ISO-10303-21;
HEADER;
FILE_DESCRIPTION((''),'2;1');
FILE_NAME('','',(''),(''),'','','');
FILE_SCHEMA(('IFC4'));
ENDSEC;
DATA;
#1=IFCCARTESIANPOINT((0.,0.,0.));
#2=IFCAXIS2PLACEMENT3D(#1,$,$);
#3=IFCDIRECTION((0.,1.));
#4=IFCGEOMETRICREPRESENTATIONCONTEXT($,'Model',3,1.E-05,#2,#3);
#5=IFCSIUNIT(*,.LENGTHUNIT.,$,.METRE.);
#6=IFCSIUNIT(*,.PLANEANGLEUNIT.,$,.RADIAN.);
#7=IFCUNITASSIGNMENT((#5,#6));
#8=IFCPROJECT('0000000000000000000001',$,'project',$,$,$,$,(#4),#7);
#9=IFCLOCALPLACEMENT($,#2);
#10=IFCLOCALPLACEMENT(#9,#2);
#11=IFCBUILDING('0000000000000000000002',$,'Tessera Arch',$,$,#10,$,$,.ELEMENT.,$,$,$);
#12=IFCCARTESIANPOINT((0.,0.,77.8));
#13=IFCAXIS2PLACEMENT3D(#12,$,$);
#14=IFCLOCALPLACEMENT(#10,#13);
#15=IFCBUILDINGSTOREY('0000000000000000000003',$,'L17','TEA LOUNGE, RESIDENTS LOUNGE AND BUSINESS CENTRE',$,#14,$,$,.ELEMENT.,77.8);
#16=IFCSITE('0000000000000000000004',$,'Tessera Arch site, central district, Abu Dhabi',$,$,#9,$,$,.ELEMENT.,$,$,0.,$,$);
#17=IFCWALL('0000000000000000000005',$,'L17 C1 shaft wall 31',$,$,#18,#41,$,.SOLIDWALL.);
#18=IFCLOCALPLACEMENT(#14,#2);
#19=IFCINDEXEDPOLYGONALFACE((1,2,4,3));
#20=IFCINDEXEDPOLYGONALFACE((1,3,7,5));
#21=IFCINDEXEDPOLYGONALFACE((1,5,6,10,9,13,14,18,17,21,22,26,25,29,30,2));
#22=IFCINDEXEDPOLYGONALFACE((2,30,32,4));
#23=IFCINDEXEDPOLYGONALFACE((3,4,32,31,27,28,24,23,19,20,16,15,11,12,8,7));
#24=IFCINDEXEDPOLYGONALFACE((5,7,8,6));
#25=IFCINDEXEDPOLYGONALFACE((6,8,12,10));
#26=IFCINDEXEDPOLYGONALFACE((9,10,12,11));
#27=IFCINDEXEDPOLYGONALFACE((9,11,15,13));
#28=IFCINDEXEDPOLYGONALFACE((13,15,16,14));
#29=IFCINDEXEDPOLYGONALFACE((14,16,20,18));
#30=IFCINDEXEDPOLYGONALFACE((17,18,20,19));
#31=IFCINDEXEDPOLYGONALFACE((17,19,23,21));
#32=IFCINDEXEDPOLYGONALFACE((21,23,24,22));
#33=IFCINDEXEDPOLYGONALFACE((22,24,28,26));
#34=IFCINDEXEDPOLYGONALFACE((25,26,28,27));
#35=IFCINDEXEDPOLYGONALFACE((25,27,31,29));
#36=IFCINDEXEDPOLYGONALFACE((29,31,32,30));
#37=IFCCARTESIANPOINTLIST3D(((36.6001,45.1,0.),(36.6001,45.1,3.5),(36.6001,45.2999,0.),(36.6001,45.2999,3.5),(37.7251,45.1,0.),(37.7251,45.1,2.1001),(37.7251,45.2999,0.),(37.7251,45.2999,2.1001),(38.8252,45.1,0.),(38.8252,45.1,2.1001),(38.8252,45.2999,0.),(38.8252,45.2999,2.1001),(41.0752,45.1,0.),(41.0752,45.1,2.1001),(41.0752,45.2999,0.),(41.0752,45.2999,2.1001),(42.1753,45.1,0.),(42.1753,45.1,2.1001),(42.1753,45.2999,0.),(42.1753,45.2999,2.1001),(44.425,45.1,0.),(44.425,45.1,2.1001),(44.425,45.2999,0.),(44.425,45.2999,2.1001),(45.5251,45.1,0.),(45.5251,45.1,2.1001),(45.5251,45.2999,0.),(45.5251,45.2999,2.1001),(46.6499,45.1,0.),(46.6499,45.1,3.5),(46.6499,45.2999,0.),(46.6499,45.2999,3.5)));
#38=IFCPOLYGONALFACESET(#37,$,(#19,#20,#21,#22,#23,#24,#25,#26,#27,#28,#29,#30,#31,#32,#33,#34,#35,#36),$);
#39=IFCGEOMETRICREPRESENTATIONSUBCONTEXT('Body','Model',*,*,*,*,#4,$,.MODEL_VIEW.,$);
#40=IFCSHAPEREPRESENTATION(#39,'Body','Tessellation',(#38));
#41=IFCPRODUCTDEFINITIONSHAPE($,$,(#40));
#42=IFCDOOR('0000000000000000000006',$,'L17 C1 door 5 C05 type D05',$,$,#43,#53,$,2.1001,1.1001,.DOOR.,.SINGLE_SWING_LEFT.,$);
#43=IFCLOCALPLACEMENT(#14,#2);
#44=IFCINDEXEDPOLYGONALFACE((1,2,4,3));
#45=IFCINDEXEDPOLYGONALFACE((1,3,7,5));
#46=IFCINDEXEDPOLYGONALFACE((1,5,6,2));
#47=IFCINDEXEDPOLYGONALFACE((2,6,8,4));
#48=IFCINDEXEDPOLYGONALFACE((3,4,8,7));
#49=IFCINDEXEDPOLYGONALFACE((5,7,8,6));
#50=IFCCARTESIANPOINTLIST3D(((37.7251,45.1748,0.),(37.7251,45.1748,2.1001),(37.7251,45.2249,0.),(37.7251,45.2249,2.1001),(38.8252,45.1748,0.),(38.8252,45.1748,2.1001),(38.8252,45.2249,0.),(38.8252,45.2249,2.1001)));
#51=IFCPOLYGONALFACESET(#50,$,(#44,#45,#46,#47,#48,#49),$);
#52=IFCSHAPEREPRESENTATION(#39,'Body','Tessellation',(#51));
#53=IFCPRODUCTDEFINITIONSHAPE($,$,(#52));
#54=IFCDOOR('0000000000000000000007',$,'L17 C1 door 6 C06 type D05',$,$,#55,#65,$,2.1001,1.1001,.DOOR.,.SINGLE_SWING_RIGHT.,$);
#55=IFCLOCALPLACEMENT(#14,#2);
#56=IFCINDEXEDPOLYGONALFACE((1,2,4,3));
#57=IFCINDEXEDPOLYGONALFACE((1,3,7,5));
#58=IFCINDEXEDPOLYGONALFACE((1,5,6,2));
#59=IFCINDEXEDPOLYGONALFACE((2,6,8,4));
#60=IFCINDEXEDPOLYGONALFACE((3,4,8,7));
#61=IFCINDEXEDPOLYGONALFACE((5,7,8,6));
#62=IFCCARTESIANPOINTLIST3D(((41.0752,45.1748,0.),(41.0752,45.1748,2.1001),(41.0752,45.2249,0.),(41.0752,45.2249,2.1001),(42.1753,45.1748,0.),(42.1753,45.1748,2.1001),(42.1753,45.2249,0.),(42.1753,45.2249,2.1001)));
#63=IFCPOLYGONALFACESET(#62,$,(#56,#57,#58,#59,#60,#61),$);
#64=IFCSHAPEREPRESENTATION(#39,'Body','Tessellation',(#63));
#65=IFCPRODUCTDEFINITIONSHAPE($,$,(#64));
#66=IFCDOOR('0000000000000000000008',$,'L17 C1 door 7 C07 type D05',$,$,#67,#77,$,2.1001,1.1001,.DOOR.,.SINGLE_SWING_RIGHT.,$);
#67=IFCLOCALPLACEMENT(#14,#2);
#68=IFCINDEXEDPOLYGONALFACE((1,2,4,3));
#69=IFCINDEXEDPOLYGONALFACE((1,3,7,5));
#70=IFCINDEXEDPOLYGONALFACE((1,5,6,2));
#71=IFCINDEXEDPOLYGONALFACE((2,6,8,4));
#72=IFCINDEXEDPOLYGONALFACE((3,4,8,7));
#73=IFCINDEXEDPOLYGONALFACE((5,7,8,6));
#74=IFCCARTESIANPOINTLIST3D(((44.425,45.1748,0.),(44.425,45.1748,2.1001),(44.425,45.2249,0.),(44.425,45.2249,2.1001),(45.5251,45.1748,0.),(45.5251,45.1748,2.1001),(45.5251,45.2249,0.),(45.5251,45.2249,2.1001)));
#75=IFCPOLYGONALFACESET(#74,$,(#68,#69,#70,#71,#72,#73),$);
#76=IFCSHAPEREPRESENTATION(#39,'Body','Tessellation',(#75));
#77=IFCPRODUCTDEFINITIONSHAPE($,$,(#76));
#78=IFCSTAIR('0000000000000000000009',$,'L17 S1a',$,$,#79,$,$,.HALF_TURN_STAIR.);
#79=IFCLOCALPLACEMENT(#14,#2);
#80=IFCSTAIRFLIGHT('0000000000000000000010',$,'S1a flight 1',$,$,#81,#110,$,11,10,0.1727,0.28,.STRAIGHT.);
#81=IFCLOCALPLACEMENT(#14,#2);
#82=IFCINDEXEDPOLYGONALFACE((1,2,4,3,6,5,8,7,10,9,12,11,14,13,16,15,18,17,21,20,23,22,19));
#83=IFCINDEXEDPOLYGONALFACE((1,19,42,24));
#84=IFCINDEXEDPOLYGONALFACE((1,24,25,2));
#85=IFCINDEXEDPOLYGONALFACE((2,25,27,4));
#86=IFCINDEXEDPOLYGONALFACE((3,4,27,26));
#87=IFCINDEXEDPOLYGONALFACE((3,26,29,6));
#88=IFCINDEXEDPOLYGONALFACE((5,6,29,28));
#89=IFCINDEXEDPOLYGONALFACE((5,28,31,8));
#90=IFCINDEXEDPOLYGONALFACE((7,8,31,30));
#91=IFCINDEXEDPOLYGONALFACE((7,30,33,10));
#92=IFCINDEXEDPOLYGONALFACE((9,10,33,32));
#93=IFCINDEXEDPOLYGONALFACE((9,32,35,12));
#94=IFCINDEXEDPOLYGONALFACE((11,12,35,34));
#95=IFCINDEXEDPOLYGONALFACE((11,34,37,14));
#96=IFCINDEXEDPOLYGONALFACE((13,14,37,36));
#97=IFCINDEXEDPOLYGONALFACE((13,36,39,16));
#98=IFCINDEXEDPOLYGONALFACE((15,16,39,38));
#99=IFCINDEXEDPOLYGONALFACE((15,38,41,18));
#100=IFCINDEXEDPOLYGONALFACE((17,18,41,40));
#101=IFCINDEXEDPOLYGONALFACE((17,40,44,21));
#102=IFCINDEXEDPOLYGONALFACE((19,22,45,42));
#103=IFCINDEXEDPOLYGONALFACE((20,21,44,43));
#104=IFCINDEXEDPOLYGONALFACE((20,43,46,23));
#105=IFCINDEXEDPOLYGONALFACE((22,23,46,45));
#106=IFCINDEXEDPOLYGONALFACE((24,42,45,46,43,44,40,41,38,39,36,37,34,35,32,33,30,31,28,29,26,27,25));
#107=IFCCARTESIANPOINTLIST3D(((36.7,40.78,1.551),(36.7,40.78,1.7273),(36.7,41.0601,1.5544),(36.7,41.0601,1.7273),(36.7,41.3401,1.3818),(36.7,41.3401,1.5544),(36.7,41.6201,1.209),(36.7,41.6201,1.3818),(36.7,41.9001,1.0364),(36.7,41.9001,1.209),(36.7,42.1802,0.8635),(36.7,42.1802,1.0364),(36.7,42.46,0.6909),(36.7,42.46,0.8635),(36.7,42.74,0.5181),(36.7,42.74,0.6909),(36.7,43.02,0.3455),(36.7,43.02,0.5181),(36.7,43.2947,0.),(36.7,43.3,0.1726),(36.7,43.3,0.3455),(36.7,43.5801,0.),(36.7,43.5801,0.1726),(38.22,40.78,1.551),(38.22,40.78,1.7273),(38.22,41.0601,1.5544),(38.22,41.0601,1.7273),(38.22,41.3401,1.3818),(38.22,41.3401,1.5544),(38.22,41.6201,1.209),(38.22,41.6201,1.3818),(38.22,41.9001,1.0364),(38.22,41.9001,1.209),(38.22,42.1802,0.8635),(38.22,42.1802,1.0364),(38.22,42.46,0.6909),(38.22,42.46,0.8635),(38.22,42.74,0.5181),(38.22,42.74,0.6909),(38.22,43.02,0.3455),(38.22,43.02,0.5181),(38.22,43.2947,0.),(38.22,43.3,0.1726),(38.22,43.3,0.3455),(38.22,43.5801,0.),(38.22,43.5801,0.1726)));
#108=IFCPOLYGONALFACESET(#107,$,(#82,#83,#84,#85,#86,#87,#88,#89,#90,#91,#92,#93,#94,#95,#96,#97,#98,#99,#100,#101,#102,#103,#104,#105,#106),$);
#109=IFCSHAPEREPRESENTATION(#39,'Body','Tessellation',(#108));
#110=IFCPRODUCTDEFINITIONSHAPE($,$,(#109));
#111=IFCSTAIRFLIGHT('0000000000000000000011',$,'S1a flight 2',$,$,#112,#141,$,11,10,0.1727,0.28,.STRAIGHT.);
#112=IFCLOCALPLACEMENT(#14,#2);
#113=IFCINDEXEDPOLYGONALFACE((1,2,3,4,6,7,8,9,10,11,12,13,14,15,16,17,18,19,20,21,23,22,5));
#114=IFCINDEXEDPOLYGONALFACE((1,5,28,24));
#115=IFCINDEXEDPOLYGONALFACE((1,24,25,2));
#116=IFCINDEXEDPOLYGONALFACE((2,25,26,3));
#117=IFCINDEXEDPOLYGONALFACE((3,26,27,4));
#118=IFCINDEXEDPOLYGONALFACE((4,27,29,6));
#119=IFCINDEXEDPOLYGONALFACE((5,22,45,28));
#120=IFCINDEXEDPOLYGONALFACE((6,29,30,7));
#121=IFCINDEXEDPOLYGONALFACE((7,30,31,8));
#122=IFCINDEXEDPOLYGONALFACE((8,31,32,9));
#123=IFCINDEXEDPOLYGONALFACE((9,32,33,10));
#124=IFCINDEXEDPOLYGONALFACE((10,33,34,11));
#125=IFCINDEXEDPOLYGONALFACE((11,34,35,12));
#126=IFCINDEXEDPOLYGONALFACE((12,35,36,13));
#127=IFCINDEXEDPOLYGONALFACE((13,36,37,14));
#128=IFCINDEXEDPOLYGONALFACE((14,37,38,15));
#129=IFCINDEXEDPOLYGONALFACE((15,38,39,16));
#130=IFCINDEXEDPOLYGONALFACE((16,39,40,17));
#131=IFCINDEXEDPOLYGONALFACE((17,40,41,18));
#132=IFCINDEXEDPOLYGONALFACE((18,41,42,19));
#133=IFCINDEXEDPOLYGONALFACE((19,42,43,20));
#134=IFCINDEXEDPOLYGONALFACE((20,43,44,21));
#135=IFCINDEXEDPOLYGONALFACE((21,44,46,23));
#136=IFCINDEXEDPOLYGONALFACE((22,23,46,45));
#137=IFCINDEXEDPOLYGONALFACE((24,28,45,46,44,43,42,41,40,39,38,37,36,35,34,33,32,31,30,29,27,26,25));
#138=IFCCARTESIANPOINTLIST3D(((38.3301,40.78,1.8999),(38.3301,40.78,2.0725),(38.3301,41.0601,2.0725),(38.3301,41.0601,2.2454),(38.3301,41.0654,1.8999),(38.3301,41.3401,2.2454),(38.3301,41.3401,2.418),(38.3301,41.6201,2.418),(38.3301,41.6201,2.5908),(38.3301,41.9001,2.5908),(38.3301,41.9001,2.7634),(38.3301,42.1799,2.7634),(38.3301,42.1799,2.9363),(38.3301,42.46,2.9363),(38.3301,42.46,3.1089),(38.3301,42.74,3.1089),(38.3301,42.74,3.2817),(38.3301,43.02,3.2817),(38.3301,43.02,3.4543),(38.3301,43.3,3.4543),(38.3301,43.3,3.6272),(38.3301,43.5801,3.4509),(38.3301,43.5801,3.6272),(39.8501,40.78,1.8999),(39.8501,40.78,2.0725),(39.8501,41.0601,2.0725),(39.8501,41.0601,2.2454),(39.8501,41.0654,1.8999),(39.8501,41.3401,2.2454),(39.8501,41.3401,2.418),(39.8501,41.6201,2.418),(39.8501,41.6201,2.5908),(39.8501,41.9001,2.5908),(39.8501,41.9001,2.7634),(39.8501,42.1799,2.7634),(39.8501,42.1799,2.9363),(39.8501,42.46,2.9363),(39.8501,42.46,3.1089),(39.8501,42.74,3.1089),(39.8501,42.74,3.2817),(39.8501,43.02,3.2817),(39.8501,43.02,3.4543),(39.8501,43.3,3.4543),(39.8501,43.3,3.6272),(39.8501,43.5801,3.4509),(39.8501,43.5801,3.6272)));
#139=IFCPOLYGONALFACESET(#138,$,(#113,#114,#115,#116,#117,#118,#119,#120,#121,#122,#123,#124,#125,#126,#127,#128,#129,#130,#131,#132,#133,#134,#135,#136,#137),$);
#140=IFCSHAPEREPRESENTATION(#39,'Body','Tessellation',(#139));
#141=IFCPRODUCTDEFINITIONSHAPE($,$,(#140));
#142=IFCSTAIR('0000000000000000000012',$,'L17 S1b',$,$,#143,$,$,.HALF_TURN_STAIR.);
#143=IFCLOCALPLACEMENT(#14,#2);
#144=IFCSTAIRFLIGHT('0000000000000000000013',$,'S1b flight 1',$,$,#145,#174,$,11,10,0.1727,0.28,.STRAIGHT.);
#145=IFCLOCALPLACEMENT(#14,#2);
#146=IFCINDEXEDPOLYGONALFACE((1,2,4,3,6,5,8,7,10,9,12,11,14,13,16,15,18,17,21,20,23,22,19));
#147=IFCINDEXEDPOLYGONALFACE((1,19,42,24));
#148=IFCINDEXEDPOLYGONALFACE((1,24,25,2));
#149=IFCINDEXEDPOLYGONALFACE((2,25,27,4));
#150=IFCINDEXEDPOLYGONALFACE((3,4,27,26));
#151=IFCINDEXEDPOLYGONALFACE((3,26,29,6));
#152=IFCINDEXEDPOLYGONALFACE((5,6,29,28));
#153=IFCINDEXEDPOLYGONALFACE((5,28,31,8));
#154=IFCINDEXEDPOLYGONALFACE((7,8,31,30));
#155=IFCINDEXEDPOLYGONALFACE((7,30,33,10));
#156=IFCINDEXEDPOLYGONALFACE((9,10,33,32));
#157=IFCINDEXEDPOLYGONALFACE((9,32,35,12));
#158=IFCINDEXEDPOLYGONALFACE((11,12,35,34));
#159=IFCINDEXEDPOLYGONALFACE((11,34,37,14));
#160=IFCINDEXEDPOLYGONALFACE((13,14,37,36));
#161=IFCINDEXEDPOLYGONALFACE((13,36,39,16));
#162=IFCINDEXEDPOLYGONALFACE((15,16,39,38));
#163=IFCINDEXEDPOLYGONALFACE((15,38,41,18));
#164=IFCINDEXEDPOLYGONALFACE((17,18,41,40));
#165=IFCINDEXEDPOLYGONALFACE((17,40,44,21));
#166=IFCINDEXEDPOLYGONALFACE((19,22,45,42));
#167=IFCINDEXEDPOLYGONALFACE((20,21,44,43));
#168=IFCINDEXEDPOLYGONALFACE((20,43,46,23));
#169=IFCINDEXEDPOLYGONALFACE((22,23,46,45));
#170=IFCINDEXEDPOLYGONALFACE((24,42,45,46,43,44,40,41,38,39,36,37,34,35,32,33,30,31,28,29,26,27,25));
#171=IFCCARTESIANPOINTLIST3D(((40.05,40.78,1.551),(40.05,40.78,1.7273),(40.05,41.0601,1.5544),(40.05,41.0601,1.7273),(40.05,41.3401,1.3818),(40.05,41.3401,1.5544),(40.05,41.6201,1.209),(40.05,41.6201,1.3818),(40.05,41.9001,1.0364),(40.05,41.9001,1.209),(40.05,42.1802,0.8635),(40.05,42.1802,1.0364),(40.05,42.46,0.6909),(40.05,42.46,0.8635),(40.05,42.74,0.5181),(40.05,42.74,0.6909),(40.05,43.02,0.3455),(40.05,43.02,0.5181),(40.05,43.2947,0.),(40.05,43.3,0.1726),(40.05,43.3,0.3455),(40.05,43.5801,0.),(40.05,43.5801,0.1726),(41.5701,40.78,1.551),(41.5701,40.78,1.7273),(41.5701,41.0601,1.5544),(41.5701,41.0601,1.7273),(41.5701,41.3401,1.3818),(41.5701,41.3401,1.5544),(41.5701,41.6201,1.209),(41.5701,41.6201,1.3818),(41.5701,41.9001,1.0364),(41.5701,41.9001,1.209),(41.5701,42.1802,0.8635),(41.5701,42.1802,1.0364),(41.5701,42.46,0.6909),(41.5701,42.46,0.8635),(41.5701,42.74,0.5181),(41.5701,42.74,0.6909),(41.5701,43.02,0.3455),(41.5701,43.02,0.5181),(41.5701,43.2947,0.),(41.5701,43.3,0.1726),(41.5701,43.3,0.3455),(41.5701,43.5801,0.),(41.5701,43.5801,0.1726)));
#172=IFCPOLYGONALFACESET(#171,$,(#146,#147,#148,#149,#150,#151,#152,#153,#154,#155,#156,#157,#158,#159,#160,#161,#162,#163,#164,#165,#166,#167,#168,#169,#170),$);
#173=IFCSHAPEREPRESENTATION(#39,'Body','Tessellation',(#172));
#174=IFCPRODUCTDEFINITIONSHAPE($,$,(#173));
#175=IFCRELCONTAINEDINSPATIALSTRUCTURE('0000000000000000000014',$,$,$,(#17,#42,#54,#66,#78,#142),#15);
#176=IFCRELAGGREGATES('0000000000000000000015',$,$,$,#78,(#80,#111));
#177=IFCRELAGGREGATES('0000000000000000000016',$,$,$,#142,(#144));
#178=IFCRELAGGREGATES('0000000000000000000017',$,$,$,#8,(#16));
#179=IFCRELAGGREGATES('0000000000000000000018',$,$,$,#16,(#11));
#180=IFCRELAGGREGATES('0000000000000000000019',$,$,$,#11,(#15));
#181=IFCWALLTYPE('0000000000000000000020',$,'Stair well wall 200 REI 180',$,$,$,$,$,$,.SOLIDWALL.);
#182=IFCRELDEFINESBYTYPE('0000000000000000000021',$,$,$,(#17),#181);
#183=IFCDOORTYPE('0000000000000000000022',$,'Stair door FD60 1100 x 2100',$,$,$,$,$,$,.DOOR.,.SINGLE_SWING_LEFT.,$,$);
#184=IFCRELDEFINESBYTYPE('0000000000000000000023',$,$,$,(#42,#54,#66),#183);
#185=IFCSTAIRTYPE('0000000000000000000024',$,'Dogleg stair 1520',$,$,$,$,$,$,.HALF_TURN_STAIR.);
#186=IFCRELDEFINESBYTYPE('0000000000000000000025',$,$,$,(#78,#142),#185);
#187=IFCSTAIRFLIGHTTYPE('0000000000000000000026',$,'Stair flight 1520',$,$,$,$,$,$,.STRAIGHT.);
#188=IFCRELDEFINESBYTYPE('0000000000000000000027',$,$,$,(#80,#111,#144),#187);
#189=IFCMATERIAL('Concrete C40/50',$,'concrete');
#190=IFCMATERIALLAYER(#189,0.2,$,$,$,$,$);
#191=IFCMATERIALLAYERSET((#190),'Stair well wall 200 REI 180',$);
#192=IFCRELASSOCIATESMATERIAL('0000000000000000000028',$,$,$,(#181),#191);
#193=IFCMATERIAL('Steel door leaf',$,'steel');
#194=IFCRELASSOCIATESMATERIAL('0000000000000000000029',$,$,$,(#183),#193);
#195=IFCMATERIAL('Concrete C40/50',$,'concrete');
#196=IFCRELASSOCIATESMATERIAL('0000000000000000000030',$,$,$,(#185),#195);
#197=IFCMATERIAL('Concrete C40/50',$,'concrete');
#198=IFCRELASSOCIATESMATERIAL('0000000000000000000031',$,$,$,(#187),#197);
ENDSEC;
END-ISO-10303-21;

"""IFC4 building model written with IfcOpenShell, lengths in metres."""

from ifc_helpers import new_model, si_unit, direction, frame, frame_2d, origin, place, context, subcontext, project, spatial, polyline, rectangle, outline, extrude, material, layer, layer_set, type_object, element, fill, aggregate, save


model = new_model("IFC4")

# Units and contexts
model_context = context("Model", 3, precision=1e-05, world=origin(), true_north=direction((0.0, 1.0)))
body_context = subcontext(model_context, "Body", "Model", "MODEL_VIEW")
ifc_project = project(units=[si_unit("LENGTHUNIT", "METRE"), si_unit("PLANEANGLEUNIT", "RADIAN")], contexts=[model_context])

# Site, building, storey
site_placement = place(None, origin())
site = spatial("IfcSite", under=ifc_project, at=site_placement, Name="Tessera Arch site, central district, Abu Dhabi", CompositionType="ELEMENT", RefElevation=0.0)
building_placement = place(site_placement, origin())
building = spatial("IfcBuilding", under=site, at=building_placement, Name="Tessera Arch", CompositionType="ELEMENT")
storey_placement = place(building_placement, frame((0.0, 0.0, 77.8)))
storey = spatial("IfcBuildingStorey", under=building, at=storey_placement, Name="L17", Description="TEA LOUNGE, RESIDENTS LOUNGE AND BUSINESS CENTRE", CompositionType="ELEMENT", Elevation=77.8)

# Shared definitions
ifc_material_1 = material(Name="Concrete C40/50", Category="concrete")
ifc_layer_1 = layer(ifc_material_1, 0.2)
ifc_layer_set_1 = layer_set([ifc_layer_1], Name="Stair well wall 200 REI 180")
wall_type_1 = type_object("IfcWallType", Name="Stair well wall 200 REI 180", PredefinedType="SOLIDWALL", material=ifc_layer_set_1)

# Wall, openings, doors
wall_1_placement = place(storey_placement, frame((36.6001, 45.2, 0.0), z_axis=(0.0, 0.0, 1.0), x_axis=(1.0, 0.0, 0.0)))
wall_1 = element("IfcWall", 1, at=wall_1_placement, inside=storey, type_object=wall_type_1, Name="L17 C1 shaft wall 31", PredefinedType="SOLIDWALL", context=body_context, shape_type="SweptSolid", body=[
    extrude(rectangle(XDim=10.0498, YDim=0.2, at=frame_2d((5.0249, 0.0))), origin(), (0.0, 0.0, 1.0), 3.5),
])
opening_1_placement = place(wall_1_placement, frame((1.125, 0.0, 0.0)))
opening_1 = element("IfcOpeningElement", 2, at=opening_1_placement, cuts=wall_1, PredefinedType="OPENING", context=body_context, shape_type="SweptSolid", body=[
    extrude(rectangle(XDim=1.1001, YDim=2.1001, at=frame_2d((0.55, 1.05))), frame((0.0, 0.1099, 0.0), z_axis=(0.0, -1.0, 0.0), x_axis=(1.0, 0.0, 0.0)), (0.0, 0.0, 1.0), 0.22),
])
opening_2_placement = place(wall_1_placement, frame((4.4751, 0.0, 0.0)))
opening_2 = element("IfcOpeningElement", 3, at=opening_2_placement, cuts=wall_1, PredefinedType="OPENING", context=body_context, shape_type="SweptSolid", body=[
    extrude(rectangle(XDim=1.1001, YDim=2.1001, at=frame_2d((0.55, 1.05))), frame((0.0, 0.1099, 0.0), z_axis=(0.0, -1.0, 0.0), x_axis=(1.0, 0.0, 0.0)), (0.0, 0.0, 1.0), 0.22),
])
opening_3_placement = place(wall_1_placement, frame((7.825, 0.0, 0.0)))
opening_3 = element("IfcOpeningElement", 4, at=opening_3_placement, cuts=wall_1, PredefinedType="OPENING", context=body_context, shape_type="SweptSolid", body=[
    extrude(rectangle(XDim=1.1001, YDim=2.1001, at=frame_2d((0.55, 1.05))), frame((0.0, 0.1099, 0.0), z_axis=(0.0, -1.0, 0.0), x_axis=(1.0, 0.0, 0.0)), (0.0, 0.0, 1.0), 0.22),
])
ifc_material_2 = material(Name="Steel door leaf", Category="steel")
door_type = type_object("IfcDoorType", Name="Stair door FD60 1100 x 2100", OperationType="SINGLE_SWING_LEFT", PredefinedType="DOOR", material=ifc_material_2)
door_1_placement = place(opening_1_placement, origin())
door_1 = element("IfcDoor", 5, at=door_1_placement, inside=storey, type_object=door_type, Name="L17 C1 door 5 C05 type D05", OperationType="SINGLE_SWING_LEFT", OverallHeight=2.1001, OverallWidth=1.1001, PredefinedType="DOOR", context=body_context, shape_type="SweptSolid", body=[
    extrude(rectangle(XDim=1.1001, YDim=2.1001, at=frame_2d((0.55, 1.05))), frame((0.0, 0.0249, 0.0), z_axis=(0.0, -1.0, 0.0), x_axis=(1.0, 0.0, 0.0)), (0.0, 0.0, 1.0), 0.05),
])
fill(opening_1, door_1)
door_2_placement = place(opening_2_placement, origin())
door_2 = element("IfcDoor", 6, at=door_2_placement, inside=storey, type_object=door_type, Name="L17 C1 door 6 C06 type D05", OperationType="SINGLE_SWING_RIGHT", OverallHeight=2.1001, OverallWidth=1.1001, PredefinedType="DOOR", context=body_context, shape_type="SweptSolid", body=[
    extrude(rectangle(XDim=1.1001, YDim=2.1001, at=frame_2d((0.55, 1.05))), frame((0.0, 0.0249, 0.0), z_axis=(0.0, -1.0, 0.0), x_axis=(1.0, 0.0, 0.0)), (0.0, 0.0, 1.0), 0.05),
])
fill(opening_2, door_2)
door_3_placement = place(opening_3_placement, origin())
door_3 = element("IfcDoor", 7, at=door_3_placement, inside=storey, type_object=door_type, Name="L17 C1 door 7 C07 type D05", OperationType="SINGLE_SWING_RIGHT", OverallHeight=2.1001, OverallWidth=1.1001, PredefinedType="DOOR", context=body_context, shape_type="SweptSolid", body=[
    extrude(rectangle(XDim=1.1001, YDim=2.1001, at=frame_2d((0.55, 1.05))), frame((0.0, 0.0249, 0.0), z_axis=(0.0, -1.0, 0.0), x_axis=(1.0, 0.0, 0.0)), (0.0, 0.0, 1.0), 0.05),
])
fill(opening_3, door_3)

# Stairs, stair flights
ifc_material_3 = material(Name="Concrete C40/50", Category="concrete")
stair_type = type_object("IfcStairType", Name="Dogleg stair 1520", PredefinedType="HALF_TURN_STAIR", material=ifc_material_3)
stair_1_placement = place(storey_placement, origin())
stair_1 = element("IfcStair", 8, at=stair_1_placement, inside=storey, type_object=stair_type, Name="L17 S1a", PredefinedType="HALF_TURN_STAIR")
ifc_material_4 = material(Name="Concrete C40/50", Category="concrete")
stair_flight_type = type_object("IfcStairFlightType", Name="Stair flight 1520", PredefinedType="STRAIGHT", material=ifc_material_4)
stair_flight_1_placement = place(storey_placement, frame((37.46, 43.5801, 0.0), z_axis=(0.0, 0.0, 1.0), x_axis=(0.0, -1.0, 0.0)))
stair_flight_1 = element("IfcStairFlight", 9, at=stair_flight_1_placement, type_object=stair_flight_type, Name="S1a flight 1", NumberOfRisers=11, NumberOfTreads=10, PredefinedType="STRAIGHT", RiserHeight=0.1727, TreadLength=0.28, context=body_context, shape_type="SweptSolid", body=[
    extrude(outline(polyline([(0.0, 0.0), (0.0, 0.1726), (0.28, 0.1726), (0.28, 0.3455), (0.5601, 0.3455), (0.5601, 0.5181), (0.8401, 0.5181), (0.8401, 0.6909), (1.1201, 0.6909), (1.1201, 0.8635), (1.3999, 0.8635), (1.3999, 1.0364), (1.6799, 1.0364), (1.6799, 1.209), (1.96, 1.209), (1.96, 1.3818), (2.24, 1.3818), (2.24, 1.5544), (2.52, 1.5544), (2.52, 1.7273), (2.8, 1.7273), (2.8, 1.8999), (2.8, 1.551), (0.2854, 0.0), (0.0, 0.0)])), frame((0.0, 0.76, 0.0), z_axis=(0.0, -1.0, 0.0), x_axis=(1.0, 0.0, 0.0)), (0.0, 0.0, 1.0), 1.52),
])
stair_flight_2_placement = place(storey_placement, frame((39.0901, 40.78, 1.8999), z_axis=(0.0, 0.0, 1.0), x_axis=(0.0, 1.0, 0.0)))
stair_flight_2 = element("IfcStairFlight", 10, at=stair_flight_2_placement, type_object=stair_flight_type, Name="S1a flight 2", NumberOfRisers=11, NumberOfTreads=10, PredefinedType="STRAIGHT", RiserHeight=0.1727, TreadLength=0.28, context=body_context, shape_type="SweptSolid", body=[
    extrude(outline(polyline([(0.0, 0.0), (0.0, 0.1726), (0.28, 0.1726), (0.28, 0.3455), (0.5601, 0.3455), (0.5601, 0.5181), (0.8401, 0.5181), (0.8401, 0.6909), (1.1201, 0.6909), (1.1201, 0.8635), (1.3999, 0.8635), (1.3999, 1.0364), (1.6799, 1.0364), (1.6799, 1.209), (1.96, 1.209), (1.96, 1.3818), (2.24, 1.3818), (2.24, 1.5544), (2.52, 1.5544), (2.52, 1.7273), (2.8, 1.7273), (2.8, 1.8999), (2.8, 1.551), (0.2854, 0.0), (0.0, 0.0)])), frame((0.0, 0.76, 0.0), z_axis=(0.0, -1.0, 0.0), x_axis=(1.0, 0.0, 0.0)), (0.0, 0.0, 1.0), 1.52),
])
aggregate(stair_1, [stair_flight_1, stair_flight_2])
stair_2_placement = place(storey_placement, origin())
stair_2 = element("IfcStair", 11, at=stair_2_placement, inside=storey, type_object=stair_type, Name="L17 S1b", PredefinedType="HALF_TURN_STAIR")
stair_flight_3_placement = place(storey_placement, frame((40.8101, 43.5801, 0.0), z_axis=(0.0, 0.0, 1.0), x_axis=(0.0, -1.0, 0.0)))
stair_flight_3 = element("IfcStairFlight", 12, at=stair_flight_3_placement, type_object=stair_flight_type, Name="S1b flight 1", NumberOfRisers=11, NumberOfTreads=10, PredefinedType="STRAIGHT", RiserHeight=0.1727, TreadLength=0.28, context=body_context, shape_type="SweptSolid", body=[
    extrude(outline(polyline([(0.0, 0.0), (0.0, 0.1726), (0.28, 0.1726), (0.28, 0.3455), (0.5601, 0.3455), (0.5601, 0.5181), (0.8401, 0.5181), (0.8401, 0.6909), (1.1201, 0.6909), (1.1201, 0.8635), (1.3999, 0.8635), (1.3999, 1.0364), (1.6799, 1.0364), (1.6799, 1.209), (1.96, 1.209), (1.96, 1.3818), (2.24, 1.3818), (2.24, 1.5544), (2.52, 1.5544), (2.52, 1.7273), (2.8, 1.7273), (2.8, 1.8999), (2.8, 1.551), (0.2854, 0.0), (0.0, 0.0)])), frame((0.0, 0.76, 0.0), z_axis=(0.0, -1.0, 0.0), x_axis=(1.0, 0.0, 0.0)), (0.0, 0.0, 1.0), 1.52),
])
aggregate(stair_2, [stair_flight_3])

save(model, "model.ifc")
